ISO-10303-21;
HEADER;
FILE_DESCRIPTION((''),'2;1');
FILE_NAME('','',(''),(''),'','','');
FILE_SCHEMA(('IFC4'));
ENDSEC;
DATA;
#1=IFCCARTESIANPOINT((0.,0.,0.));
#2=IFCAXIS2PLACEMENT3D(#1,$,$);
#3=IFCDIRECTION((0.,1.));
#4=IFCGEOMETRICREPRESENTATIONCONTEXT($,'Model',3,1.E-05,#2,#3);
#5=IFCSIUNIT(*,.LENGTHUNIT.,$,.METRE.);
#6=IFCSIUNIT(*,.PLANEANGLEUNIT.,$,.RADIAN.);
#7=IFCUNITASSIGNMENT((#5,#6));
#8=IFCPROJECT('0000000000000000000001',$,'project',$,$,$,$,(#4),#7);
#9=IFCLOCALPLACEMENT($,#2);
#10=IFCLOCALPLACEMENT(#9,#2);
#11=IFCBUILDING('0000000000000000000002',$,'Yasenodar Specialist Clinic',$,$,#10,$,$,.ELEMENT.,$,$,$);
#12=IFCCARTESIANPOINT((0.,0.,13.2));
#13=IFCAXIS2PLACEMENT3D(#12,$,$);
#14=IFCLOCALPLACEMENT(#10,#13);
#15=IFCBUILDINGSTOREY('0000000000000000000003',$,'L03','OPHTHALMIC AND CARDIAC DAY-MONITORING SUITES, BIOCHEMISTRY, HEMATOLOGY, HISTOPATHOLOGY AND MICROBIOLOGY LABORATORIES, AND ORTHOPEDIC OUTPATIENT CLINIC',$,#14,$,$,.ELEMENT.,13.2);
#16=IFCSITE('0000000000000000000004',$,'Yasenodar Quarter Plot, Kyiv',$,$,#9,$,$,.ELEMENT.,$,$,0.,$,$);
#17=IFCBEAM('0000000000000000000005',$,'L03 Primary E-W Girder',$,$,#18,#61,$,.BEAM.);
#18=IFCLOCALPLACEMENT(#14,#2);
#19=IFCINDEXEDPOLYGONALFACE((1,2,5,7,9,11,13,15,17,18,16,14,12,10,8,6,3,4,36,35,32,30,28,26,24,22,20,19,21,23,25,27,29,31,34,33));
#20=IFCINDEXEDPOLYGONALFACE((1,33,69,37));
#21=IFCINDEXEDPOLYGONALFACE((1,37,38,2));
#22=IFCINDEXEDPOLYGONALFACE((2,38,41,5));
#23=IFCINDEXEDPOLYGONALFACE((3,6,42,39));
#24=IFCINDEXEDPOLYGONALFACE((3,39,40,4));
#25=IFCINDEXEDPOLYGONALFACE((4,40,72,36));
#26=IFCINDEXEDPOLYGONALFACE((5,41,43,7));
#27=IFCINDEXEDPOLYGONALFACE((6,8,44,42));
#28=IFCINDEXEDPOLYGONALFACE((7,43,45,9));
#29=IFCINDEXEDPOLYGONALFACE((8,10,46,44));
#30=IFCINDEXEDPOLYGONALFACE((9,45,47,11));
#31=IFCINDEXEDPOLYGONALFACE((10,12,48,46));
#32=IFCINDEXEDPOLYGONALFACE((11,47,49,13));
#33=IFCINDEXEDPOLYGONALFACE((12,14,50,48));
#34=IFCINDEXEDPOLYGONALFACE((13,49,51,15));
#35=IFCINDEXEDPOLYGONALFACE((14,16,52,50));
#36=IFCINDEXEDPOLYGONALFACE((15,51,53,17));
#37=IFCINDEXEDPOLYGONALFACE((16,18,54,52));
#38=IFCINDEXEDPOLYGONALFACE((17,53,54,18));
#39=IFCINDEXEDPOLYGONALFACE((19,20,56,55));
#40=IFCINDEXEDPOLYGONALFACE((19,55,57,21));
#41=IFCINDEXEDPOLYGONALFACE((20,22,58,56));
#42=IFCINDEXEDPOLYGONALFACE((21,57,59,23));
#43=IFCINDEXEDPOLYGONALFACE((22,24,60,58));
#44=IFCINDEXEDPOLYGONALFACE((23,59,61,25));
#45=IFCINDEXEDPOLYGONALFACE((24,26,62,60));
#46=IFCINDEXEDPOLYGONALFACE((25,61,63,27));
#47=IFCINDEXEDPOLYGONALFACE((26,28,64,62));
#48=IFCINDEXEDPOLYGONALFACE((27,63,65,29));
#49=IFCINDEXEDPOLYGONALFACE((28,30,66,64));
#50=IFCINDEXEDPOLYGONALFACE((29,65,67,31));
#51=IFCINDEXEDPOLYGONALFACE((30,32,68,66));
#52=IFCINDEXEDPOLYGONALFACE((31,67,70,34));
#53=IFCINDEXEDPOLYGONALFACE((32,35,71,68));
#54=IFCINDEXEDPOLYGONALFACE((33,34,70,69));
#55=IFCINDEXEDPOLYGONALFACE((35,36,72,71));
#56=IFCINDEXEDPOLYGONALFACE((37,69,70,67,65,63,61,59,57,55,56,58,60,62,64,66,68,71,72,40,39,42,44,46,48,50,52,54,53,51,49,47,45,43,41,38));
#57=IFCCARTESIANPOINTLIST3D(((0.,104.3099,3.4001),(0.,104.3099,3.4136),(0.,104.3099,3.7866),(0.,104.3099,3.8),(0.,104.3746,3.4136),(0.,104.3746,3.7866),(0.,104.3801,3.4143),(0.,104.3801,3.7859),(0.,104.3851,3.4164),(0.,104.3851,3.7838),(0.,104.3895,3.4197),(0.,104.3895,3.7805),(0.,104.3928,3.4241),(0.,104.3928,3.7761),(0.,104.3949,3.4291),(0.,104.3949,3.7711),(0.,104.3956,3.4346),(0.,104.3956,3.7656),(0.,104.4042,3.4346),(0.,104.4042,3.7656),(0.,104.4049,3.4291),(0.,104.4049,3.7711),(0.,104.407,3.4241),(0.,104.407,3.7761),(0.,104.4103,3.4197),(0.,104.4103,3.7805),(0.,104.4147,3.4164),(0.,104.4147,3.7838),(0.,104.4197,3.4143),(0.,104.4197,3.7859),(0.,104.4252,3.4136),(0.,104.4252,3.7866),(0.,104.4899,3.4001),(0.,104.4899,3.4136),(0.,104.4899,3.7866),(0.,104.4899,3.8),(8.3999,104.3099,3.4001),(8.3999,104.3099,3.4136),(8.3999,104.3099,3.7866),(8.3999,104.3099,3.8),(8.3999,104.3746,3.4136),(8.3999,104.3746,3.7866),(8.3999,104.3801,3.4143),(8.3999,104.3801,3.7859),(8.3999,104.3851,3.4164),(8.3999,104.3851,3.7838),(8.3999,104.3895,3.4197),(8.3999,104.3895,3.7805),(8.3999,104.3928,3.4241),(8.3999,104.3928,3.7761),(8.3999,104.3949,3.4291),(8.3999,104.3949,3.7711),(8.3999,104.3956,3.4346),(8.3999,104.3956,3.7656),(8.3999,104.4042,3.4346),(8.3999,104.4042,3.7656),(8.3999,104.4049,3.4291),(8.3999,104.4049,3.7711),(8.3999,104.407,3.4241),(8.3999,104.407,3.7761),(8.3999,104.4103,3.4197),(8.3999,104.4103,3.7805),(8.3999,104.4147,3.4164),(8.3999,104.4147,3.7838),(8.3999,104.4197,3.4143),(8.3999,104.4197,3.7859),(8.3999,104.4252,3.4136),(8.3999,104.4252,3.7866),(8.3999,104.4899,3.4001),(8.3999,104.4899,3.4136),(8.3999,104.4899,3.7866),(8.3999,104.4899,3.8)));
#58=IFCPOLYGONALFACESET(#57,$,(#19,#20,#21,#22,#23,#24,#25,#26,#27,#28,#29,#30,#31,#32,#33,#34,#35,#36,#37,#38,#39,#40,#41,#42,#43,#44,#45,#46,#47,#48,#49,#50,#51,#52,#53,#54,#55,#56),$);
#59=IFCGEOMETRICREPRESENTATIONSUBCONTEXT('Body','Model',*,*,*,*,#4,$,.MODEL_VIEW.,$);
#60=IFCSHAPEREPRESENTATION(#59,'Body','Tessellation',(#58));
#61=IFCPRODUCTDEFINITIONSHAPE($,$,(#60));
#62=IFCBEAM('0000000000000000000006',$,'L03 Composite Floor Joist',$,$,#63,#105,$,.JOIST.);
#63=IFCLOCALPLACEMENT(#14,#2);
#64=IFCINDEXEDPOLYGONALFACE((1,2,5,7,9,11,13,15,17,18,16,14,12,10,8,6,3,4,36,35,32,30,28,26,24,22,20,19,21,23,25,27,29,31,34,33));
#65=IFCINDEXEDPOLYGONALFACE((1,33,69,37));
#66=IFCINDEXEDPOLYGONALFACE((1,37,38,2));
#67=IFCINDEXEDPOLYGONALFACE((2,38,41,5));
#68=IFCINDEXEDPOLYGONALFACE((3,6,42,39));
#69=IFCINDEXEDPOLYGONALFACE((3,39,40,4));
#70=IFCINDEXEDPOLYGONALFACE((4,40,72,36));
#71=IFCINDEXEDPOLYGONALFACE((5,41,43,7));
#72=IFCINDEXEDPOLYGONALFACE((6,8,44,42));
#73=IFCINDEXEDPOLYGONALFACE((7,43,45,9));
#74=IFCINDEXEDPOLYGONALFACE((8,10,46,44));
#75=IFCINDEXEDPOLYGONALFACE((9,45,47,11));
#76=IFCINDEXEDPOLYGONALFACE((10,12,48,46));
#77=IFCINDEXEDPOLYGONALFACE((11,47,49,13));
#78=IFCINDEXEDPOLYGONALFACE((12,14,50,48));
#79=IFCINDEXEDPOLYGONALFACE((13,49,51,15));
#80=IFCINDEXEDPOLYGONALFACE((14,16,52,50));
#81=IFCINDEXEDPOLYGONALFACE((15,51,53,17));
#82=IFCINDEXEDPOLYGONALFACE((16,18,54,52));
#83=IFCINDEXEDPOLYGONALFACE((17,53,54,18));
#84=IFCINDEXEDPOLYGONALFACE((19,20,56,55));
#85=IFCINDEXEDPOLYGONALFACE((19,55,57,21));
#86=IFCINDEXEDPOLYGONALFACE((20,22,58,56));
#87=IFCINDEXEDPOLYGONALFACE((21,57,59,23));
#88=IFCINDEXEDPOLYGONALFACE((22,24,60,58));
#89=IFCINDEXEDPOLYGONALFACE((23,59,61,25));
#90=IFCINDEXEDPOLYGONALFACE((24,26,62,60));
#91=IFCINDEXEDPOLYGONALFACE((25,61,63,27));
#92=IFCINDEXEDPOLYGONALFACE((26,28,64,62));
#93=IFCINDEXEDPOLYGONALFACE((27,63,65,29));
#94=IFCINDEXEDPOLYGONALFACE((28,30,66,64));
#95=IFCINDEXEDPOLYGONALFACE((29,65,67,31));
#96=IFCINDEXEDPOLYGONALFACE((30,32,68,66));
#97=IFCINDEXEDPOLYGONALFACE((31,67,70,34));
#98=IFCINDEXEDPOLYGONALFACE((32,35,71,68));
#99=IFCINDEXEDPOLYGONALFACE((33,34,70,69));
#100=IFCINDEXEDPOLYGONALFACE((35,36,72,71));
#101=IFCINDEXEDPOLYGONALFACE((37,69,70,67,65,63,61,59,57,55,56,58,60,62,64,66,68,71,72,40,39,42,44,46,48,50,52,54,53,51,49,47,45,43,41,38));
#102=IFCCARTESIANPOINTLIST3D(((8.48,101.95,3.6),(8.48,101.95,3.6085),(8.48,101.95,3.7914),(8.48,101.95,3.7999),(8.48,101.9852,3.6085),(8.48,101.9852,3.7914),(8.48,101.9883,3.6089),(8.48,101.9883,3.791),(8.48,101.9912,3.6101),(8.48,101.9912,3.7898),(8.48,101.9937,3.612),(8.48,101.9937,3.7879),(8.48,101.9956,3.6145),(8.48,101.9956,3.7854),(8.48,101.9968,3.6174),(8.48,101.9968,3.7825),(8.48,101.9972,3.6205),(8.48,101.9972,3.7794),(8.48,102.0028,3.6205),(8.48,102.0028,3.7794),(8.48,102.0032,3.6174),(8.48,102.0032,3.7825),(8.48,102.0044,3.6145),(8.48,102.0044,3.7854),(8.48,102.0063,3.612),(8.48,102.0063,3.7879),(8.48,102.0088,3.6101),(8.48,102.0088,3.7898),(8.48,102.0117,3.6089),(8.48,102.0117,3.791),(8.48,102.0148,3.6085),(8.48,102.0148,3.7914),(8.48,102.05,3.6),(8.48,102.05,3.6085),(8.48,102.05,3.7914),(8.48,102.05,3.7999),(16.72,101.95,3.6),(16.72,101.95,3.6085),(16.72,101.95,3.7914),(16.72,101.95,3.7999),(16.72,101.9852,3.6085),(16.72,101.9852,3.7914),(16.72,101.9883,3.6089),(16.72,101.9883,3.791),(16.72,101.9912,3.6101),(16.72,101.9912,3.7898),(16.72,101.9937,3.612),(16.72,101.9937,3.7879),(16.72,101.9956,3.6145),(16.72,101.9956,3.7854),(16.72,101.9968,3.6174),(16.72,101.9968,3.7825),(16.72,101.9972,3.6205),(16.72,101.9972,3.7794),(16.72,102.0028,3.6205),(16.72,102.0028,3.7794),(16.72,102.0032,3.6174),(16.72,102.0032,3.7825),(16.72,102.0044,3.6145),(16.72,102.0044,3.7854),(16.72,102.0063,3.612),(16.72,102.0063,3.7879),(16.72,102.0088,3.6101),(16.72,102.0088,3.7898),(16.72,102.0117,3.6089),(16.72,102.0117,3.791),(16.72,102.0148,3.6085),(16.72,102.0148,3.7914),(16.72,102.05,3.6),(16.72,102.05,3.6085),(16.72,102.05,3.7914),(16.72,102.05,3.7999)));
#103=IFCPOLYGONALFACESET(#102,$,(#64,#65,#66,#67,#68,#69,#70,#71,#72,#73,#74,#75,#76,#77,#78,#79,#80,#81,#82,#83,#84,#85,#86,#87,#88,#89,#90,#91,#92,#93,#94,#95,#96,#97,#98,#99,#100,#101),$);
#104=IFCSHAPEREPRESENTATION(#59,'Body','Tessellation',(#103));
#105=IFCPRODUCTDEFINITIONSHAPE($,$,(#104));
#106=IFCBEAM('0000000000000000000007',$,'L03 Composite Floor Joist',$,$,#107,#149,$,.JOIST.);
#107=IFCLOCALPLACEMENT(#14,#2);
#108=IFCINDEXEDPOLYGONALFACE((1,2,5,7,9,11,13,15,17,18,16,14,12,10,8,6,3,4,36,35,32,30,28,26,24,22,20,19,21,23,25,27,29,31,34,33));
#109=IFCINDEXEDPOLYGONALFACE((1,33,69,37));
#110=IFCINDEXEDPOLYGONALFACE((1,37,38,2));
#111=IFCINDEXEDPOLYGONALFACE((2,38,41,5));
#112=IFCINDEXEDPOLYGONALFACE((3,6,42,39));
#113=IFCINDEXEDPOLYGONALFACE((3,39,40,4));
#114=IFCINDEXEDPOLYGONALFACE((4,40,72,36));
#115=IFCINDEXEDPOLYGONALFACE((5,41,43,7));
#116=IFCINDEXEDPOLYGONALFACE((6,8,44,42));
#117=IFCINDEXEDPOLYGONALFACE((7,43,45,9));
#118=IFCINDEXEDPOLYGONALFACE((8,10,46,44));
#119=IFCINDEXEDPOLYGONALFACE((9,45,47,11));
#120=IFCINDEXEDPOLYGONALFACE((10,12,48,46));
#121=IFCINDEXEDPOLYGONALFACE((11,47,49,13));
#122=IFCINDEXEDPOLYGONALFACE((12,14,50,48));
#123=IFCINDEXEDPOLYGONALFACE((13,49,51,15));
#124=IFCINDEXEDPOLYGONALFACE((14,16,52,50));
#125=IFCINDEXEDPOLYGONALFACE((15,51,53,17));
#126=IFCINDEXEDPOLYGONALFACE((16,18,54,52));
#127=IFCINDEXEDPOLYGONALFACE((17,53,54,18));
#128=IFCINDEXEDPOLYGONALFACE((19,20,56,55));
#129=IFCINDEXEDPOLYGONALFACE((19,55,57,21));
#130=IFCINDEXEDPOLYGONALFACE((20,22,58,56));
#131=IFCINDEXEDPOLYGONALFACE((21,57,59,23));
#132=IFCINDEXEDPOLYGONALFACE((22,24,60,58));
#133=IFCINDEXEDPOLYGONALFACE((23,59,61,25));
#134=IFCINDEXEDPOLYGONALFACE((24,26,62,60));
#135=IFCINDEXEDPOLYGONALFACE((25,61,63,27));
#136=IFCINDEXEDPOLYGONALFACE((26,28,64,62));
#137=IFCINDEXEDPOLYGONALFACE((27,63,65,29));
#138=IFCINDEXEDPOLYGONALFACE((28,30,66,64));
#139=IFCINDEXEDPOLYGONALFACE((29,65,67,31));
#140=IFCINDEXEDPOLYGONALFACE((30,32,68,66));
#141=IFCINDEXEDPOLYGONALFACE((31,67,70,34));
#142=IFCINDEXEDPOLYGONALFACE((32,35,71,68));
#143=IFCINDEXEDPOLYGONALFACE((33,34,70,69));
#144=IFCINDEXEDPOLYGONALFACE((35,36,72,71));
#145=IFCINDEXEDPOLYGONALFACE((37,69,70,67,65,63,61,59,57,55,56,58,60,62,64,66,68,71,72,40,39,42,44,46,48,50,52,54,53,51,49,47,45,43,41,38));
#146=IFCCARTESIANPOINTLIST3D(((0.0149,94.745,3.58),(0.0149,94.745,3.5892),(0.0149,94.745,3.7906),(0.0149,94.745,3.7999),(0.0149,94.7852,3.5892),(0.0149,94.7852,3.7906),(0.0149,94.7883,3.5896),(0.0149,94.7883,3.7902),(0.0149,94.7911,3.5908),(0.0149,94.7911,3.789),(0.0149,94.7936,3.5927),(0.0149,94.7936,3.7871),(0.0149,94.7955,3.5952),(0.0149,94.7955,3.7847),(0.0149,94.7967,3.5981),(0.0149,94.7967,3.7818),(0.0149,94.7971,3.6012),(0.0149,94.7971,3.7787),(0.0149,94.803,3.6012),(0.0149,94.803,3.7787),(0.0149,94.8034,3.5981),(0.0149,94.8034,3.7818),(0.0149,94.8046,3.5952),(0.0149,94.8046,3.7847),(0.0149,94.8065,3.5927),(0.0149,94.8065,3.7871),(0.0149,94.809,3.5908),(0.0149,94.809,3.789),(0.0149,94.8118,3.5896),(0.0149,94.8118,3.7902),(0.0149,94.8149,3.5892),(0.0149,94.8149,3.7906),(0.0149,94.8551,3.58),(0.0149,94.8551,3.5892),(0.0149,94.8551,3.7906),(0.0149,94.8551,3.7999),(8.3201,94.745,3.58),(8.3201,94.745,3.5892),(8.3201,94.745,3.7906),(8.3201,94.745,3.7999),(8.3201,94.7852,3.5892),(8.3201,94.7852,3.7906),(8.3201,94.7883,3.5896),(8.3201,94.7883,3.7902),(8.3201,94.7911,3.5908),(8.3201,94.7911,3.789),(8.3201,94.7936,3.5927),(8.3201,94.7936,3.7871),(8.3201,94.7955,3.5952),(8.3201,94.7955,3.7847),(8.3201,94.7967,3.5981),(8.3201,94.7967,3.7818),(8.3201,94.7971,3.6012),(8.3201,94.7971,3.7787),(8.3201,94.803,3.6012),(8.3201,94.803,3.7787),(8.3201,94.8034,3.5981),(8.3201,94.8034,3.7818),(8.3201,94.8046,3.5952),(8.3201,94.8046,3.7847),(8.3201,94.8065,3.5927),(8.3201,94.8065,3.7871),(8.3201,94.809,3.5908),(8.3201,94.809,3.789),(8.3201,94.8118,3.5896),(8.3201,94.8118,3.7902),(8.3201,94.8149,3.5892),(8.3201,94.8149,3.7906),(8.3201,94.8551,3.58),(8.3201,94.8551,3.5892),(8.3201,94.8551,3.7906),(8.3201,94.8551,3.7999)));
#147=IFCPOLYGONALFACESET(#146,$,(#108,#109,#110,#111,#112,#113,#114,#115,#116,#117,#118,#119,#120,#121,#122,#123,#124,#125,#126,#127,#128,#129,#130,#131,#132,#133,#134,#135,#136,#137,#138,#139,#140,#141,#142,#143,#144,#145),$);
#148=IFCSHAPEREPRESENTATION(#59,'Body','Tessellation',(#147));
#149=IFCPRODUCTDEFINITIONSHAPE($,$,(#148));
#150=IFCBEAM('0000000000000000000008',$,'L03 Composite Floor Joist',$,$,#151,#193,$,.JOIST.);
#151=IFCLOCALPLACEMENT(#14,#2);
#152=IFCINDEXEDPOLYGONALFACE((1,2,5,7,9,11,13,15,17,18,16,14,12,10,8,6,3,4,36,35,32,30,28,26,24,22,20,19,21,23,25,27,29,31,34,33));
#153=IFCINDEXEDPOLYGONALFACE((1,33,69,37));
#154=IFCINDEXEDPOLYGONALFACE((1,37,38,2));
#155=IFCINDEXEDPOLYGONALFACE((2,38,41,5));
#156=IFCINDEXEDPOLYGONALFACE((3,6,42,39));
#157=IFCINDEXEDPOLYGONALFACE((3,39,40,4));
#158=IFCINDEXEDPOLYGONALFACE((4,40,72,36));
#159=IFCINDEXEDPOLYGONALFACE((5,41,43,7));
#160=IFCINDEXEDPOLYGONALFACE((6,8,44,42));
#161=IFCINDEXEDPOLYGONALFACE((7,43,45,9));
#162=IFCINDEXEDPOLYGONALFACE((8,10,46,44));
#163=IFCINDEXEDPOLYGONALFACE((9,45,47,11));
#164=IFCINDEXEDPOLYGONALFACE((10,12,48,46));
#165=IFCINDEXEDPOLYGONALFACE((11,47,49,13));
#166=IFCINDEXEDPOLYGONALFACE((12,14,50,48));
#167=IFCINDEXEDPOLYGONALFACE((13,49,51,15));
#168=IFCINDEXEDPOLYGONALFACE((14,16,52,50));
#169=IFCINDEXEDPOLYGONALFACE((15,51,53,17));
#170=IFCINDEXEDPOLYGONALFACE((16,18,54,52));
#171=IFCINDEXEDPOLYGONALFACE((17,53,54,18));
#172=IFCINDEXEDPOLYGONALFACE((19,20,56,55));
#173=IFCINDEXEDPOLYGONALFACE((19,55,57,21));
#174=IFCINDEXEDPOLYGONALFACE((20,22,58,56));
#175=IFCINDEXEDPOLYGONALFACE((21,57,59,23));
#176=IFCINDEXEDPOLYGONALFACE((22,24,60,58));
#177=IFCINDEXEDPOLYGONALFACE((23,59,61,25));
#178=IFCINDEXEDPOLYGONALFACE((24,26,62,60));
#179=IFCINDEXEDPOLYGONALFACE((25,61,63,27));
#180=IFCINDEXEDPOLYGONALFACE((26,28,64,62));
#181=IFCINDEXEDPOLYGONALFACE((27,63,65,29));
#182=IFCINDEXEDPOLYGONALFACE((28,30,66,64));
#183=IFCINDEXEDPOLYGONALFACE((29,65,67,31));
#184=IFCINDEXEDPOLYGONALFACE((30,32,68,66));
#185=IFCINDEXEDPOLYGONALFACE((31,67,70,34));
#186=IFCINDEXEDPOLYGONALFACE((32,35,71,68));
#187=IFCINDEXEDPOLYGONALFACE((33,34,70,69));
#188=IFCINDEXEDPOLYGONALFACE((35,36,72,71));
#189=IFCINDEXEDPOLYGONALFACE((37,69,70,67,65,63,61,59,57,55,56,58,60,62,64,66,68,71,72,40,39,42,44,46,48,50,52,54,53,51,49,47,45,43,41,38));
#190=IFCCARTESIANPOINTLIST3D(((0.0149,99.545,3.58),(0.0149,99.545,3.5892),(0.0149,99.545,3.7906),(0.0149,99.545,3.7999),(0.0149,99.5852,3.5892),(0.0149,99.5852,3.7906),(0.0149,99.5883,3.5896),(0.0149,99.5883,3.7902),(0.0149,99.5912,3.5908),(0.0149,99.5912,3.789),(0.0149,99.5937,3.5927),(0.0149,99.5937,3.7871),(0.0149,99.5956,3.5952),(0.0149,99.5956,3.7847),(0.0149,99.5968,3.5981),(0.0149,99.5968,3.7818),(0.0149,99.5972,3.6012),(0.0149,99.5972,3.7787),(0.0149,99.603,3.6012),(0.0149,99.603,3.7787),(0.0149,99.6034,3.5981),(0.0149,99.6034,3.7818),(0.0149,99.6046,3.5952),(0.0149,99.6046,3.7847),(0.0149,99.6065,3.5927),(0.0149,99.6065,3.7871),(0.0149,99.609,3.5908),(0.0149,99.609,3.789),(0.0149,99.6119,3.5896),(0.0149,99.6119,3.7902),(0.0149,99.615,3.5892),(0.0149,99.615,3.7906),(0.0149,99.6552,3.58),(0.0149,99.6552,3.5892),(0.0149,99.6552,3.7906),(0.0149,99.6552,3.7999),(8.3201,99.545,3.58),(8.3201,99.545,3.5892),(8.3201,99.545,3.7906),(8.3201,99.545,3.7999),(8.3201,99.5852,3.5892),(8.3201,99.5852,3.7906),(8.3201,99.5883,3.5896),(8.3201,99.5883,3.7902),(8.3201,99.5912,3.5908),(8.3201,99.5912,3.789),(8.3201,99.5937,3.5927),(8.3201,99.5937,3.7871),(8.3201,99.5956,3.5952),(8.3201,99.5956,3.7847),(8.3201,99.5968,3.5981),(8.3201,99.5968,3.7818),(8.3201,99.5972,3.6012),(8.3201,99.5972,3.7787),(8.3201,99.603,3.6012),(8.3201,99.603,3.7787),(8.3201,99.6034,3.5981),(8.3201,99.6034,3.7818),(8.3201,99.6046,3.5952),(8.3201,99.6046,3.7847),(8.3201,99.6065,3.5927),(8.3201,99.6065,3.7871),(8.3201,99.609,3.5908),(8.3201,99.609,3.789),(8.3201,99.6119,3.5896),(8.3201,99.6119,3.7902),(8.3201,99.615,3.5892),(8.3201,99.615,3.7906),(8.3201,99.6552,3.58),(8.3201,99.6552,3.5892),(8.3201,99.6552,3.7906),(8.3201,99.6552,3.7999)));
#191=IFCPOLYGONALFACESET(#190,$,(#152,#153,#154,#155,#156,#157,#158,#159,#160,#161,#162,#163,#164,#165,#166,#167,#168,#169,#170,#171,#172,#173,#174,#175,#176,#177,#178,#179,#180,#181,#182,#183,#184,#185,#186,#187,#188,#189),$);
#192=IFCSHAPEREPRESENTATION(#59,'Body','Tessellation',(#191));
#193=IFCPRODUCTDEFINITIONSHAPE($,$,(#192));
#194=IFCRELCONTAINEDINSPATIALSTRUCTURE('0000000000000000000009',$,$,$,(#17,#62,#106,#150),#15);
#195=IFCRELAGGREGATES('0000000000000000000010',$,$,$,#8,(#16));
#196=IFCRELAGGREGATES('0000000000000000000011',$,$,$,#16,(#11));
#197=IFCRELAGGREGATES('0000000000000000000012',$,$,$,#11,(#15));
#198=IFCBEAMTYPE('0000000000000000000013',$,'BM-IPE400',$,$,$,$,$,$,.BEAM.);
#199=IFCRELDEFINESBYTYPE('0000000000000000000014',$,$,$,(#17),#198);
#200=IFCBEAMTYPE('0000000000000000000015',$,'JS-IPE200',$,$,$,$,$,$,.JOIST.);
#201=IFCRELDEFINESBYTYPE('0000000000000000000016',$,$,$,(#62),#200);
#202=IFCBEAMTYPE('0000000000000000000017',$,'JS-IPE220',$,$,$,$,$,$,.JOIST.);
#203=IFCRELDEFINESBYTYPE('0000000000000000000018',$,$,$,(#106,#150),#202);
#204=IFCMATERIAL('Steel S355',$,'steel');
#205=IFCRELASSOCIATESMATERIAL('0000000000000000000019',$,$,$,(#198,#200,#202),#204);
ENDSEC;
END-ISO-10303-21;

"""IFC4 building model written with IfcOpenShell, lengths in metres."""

from ifc_helpers import new_model, si_unit, direction, frame, origin, origin_2d, place, context, subcontext, project, spatial, i_section, extrude, material, material_profile, profile_set, type_object, element, save


model = new_model("IFC4")

# Units and contexts
model_context = context("Model", 3, precision=1e-05, world=origin(), true_north=direction((0.0, 1.0)))
body_context = subcontext(model_context, "Body", "Model", "MODEL_VIEW")
ifc_project = project(units=[si_unit("LENGTHUNIT", "METRE"), si_unit("PLANEANGLEUNIT", "RADIAN")], contexts=[model_context])

# Site, building, storey
site_placement = place(None, origin())
site = spatial("IfcSite", under=ifc_project, at=site_placement, Name="Yasenodar Quarter Plot, Kyiv", CompositionType="ELEMENT", RefElevation=0.0)
building_placement = place(site_placement, origin())
building = spatial("IfcBuilding", under=site, at=building_placement, Name="Yasenodar Specialist Clinic", CompositionType="ELEMENT")
storey_placement = place(building_placement, frame((0.0, 0.0, 13.2)))
storey = spatial("IfcBuildingStorey", under=building, at=storey_placement, Name="L03", Description="OPHTHALMIC AND CARDIAC DAY-MONITORING SUITES, BIOCHEMISTRY, HEMATOLOGY, HISTOPATHOLOGY AND MICROBIOLOGY LABORATORIES, AND ORTHOPEDIC OUTPATIENT CLINIC", CompositionType="ELEMENT", Elevation=13.2)

# Shared definitions
ifc_material_1 = material(Name="Steel S355", Category="steel")

# Beams
ifc_material_profile_1 = material_profile(ifc_material_1, i_section(OverallWidth=0.1799, OverallDepth=0.3999, WebThickness=0.0085, FlangeThickness=0.0134, FilletRadius=0.021, at=origin_2d()), Name="IPE 400")
ifc_profile_set_1 = profile_set([ifc_material_profile_1], Name="Steel S355")
beam_type_1 = type_object("IfcBeamType", Name="BM-IPE400", PredefinedType="BEAM", material=ifc_profile_set_1)
beam_1_placement = place(storey_placement, frame((0.0, 104.3999, 3.6001), z_axis=(1.0, 0.0, 0.0), x_axis=(0.0, 1.0, 0.0)))
element("IfcBeam", 1, at=beam_1_placement, inside=storey, type_object=beam_type_1, Name="L03 Primary E-W Girder", PredefinedType="BEAM", context=body_context, shape_type="SweptSolid", body=[
    extrude(i_section(OverallWidth=0.1799, OverallDepth=0.3999, WebThickness=0.0085, FlangeThickness=0.0134, FilletRadius=0.021, at=origin_2d()), origin(), (0.0, 0.0, 1.0), 8.3999),
])
ifc_material_profile_2 = material_profile(ifc_material_1, i_section(OverallWidth=0.1001, OverallDepth=0.2, WebThickness=0.0056, FlangeThickness=0.0085, FilletRadius=0.012, at=origin_2d()), Name="IPE 200")
ifc_profile_set_2 = profile_set([ifc_material_profile_2], Name="Steel S355")
beam_type_2 = type_object("IfcBeamType", Name="JS-IPE200", PredefinedType="JOIST", material=ifc_profile_set_2)
beam_2_placement = place(storey_placement, frame((8.48, 102.0, 3.7), z_axis=(1.0, 0.0, 0.0), x_axis=(0.0, 1.0, 0.0)))
element("IfcBeam", 2, at=beam_2_placement, inside=storey, type_object=beam_type_2, Name="L03 Composite Floor Joist", PredefinedType="JOIST", context=body_context, shape_type="SweptSolid", body=[
    extrude(i_section(OverallWidth=0.1001, OverallDepth=0.2, WebThickness=0.0056, FlangeThickness=0.0085, FilletRadius=0.012, at=origin_2d()), origin(), (0.0, 0.0, 1.0), 8.24),
])
ifc_material_profile_3 = material_profile(ifc_material_1, i_section(OverallWidth=0.1101, OverallDepth=0.22, WebThickness=0.0059, FlangeThickness=0.0093, FilletRadius=0.012, at=origin_2d()), Name="IPE 220")
ifc_profile_set_3 = profile_set([ifc_material_profile_3], Name="Steel S355")
beam_type_3 = type_object("IfcBeamType", Name="JS-IPE220", PredefinedType="JOIST", material=ifc_profile_set_3)
for number, where, z_axis, x_axis, name in (
    (3, (0.0149, 94.8, 3.6899), (1.0, 0.0, 0.0), (0.0, 1.0, 0.0), "L03 Composite Floor Joist"),
    (4, (0.0149, 99.6001, 3.6899), (1.0, 0.0, 0.0), (0.0, 1.0, 0.0), "L03 Composite Floor Joist"),
):
    element("IfcBeam", number, at=place(storey_placement, frame(where, z_axis=z_axis, x_axis=x_axis)), inside=storey, type_object=beam_type_3, Name=name, PredefinedType="JOIST", context=body_context, shape_type="SweptSolid", body=[
        extrude(i_section(OverallWidth=0.1101, OverallDepth=0.22, WebThickness=0.0059, FlangeThickness=0.0093, FilletRadius=0.012, at=origin_2d()), origin(), (0.0, 0.0, 1.0), 8.3052),
    ])

save(model, "model.ifc")
